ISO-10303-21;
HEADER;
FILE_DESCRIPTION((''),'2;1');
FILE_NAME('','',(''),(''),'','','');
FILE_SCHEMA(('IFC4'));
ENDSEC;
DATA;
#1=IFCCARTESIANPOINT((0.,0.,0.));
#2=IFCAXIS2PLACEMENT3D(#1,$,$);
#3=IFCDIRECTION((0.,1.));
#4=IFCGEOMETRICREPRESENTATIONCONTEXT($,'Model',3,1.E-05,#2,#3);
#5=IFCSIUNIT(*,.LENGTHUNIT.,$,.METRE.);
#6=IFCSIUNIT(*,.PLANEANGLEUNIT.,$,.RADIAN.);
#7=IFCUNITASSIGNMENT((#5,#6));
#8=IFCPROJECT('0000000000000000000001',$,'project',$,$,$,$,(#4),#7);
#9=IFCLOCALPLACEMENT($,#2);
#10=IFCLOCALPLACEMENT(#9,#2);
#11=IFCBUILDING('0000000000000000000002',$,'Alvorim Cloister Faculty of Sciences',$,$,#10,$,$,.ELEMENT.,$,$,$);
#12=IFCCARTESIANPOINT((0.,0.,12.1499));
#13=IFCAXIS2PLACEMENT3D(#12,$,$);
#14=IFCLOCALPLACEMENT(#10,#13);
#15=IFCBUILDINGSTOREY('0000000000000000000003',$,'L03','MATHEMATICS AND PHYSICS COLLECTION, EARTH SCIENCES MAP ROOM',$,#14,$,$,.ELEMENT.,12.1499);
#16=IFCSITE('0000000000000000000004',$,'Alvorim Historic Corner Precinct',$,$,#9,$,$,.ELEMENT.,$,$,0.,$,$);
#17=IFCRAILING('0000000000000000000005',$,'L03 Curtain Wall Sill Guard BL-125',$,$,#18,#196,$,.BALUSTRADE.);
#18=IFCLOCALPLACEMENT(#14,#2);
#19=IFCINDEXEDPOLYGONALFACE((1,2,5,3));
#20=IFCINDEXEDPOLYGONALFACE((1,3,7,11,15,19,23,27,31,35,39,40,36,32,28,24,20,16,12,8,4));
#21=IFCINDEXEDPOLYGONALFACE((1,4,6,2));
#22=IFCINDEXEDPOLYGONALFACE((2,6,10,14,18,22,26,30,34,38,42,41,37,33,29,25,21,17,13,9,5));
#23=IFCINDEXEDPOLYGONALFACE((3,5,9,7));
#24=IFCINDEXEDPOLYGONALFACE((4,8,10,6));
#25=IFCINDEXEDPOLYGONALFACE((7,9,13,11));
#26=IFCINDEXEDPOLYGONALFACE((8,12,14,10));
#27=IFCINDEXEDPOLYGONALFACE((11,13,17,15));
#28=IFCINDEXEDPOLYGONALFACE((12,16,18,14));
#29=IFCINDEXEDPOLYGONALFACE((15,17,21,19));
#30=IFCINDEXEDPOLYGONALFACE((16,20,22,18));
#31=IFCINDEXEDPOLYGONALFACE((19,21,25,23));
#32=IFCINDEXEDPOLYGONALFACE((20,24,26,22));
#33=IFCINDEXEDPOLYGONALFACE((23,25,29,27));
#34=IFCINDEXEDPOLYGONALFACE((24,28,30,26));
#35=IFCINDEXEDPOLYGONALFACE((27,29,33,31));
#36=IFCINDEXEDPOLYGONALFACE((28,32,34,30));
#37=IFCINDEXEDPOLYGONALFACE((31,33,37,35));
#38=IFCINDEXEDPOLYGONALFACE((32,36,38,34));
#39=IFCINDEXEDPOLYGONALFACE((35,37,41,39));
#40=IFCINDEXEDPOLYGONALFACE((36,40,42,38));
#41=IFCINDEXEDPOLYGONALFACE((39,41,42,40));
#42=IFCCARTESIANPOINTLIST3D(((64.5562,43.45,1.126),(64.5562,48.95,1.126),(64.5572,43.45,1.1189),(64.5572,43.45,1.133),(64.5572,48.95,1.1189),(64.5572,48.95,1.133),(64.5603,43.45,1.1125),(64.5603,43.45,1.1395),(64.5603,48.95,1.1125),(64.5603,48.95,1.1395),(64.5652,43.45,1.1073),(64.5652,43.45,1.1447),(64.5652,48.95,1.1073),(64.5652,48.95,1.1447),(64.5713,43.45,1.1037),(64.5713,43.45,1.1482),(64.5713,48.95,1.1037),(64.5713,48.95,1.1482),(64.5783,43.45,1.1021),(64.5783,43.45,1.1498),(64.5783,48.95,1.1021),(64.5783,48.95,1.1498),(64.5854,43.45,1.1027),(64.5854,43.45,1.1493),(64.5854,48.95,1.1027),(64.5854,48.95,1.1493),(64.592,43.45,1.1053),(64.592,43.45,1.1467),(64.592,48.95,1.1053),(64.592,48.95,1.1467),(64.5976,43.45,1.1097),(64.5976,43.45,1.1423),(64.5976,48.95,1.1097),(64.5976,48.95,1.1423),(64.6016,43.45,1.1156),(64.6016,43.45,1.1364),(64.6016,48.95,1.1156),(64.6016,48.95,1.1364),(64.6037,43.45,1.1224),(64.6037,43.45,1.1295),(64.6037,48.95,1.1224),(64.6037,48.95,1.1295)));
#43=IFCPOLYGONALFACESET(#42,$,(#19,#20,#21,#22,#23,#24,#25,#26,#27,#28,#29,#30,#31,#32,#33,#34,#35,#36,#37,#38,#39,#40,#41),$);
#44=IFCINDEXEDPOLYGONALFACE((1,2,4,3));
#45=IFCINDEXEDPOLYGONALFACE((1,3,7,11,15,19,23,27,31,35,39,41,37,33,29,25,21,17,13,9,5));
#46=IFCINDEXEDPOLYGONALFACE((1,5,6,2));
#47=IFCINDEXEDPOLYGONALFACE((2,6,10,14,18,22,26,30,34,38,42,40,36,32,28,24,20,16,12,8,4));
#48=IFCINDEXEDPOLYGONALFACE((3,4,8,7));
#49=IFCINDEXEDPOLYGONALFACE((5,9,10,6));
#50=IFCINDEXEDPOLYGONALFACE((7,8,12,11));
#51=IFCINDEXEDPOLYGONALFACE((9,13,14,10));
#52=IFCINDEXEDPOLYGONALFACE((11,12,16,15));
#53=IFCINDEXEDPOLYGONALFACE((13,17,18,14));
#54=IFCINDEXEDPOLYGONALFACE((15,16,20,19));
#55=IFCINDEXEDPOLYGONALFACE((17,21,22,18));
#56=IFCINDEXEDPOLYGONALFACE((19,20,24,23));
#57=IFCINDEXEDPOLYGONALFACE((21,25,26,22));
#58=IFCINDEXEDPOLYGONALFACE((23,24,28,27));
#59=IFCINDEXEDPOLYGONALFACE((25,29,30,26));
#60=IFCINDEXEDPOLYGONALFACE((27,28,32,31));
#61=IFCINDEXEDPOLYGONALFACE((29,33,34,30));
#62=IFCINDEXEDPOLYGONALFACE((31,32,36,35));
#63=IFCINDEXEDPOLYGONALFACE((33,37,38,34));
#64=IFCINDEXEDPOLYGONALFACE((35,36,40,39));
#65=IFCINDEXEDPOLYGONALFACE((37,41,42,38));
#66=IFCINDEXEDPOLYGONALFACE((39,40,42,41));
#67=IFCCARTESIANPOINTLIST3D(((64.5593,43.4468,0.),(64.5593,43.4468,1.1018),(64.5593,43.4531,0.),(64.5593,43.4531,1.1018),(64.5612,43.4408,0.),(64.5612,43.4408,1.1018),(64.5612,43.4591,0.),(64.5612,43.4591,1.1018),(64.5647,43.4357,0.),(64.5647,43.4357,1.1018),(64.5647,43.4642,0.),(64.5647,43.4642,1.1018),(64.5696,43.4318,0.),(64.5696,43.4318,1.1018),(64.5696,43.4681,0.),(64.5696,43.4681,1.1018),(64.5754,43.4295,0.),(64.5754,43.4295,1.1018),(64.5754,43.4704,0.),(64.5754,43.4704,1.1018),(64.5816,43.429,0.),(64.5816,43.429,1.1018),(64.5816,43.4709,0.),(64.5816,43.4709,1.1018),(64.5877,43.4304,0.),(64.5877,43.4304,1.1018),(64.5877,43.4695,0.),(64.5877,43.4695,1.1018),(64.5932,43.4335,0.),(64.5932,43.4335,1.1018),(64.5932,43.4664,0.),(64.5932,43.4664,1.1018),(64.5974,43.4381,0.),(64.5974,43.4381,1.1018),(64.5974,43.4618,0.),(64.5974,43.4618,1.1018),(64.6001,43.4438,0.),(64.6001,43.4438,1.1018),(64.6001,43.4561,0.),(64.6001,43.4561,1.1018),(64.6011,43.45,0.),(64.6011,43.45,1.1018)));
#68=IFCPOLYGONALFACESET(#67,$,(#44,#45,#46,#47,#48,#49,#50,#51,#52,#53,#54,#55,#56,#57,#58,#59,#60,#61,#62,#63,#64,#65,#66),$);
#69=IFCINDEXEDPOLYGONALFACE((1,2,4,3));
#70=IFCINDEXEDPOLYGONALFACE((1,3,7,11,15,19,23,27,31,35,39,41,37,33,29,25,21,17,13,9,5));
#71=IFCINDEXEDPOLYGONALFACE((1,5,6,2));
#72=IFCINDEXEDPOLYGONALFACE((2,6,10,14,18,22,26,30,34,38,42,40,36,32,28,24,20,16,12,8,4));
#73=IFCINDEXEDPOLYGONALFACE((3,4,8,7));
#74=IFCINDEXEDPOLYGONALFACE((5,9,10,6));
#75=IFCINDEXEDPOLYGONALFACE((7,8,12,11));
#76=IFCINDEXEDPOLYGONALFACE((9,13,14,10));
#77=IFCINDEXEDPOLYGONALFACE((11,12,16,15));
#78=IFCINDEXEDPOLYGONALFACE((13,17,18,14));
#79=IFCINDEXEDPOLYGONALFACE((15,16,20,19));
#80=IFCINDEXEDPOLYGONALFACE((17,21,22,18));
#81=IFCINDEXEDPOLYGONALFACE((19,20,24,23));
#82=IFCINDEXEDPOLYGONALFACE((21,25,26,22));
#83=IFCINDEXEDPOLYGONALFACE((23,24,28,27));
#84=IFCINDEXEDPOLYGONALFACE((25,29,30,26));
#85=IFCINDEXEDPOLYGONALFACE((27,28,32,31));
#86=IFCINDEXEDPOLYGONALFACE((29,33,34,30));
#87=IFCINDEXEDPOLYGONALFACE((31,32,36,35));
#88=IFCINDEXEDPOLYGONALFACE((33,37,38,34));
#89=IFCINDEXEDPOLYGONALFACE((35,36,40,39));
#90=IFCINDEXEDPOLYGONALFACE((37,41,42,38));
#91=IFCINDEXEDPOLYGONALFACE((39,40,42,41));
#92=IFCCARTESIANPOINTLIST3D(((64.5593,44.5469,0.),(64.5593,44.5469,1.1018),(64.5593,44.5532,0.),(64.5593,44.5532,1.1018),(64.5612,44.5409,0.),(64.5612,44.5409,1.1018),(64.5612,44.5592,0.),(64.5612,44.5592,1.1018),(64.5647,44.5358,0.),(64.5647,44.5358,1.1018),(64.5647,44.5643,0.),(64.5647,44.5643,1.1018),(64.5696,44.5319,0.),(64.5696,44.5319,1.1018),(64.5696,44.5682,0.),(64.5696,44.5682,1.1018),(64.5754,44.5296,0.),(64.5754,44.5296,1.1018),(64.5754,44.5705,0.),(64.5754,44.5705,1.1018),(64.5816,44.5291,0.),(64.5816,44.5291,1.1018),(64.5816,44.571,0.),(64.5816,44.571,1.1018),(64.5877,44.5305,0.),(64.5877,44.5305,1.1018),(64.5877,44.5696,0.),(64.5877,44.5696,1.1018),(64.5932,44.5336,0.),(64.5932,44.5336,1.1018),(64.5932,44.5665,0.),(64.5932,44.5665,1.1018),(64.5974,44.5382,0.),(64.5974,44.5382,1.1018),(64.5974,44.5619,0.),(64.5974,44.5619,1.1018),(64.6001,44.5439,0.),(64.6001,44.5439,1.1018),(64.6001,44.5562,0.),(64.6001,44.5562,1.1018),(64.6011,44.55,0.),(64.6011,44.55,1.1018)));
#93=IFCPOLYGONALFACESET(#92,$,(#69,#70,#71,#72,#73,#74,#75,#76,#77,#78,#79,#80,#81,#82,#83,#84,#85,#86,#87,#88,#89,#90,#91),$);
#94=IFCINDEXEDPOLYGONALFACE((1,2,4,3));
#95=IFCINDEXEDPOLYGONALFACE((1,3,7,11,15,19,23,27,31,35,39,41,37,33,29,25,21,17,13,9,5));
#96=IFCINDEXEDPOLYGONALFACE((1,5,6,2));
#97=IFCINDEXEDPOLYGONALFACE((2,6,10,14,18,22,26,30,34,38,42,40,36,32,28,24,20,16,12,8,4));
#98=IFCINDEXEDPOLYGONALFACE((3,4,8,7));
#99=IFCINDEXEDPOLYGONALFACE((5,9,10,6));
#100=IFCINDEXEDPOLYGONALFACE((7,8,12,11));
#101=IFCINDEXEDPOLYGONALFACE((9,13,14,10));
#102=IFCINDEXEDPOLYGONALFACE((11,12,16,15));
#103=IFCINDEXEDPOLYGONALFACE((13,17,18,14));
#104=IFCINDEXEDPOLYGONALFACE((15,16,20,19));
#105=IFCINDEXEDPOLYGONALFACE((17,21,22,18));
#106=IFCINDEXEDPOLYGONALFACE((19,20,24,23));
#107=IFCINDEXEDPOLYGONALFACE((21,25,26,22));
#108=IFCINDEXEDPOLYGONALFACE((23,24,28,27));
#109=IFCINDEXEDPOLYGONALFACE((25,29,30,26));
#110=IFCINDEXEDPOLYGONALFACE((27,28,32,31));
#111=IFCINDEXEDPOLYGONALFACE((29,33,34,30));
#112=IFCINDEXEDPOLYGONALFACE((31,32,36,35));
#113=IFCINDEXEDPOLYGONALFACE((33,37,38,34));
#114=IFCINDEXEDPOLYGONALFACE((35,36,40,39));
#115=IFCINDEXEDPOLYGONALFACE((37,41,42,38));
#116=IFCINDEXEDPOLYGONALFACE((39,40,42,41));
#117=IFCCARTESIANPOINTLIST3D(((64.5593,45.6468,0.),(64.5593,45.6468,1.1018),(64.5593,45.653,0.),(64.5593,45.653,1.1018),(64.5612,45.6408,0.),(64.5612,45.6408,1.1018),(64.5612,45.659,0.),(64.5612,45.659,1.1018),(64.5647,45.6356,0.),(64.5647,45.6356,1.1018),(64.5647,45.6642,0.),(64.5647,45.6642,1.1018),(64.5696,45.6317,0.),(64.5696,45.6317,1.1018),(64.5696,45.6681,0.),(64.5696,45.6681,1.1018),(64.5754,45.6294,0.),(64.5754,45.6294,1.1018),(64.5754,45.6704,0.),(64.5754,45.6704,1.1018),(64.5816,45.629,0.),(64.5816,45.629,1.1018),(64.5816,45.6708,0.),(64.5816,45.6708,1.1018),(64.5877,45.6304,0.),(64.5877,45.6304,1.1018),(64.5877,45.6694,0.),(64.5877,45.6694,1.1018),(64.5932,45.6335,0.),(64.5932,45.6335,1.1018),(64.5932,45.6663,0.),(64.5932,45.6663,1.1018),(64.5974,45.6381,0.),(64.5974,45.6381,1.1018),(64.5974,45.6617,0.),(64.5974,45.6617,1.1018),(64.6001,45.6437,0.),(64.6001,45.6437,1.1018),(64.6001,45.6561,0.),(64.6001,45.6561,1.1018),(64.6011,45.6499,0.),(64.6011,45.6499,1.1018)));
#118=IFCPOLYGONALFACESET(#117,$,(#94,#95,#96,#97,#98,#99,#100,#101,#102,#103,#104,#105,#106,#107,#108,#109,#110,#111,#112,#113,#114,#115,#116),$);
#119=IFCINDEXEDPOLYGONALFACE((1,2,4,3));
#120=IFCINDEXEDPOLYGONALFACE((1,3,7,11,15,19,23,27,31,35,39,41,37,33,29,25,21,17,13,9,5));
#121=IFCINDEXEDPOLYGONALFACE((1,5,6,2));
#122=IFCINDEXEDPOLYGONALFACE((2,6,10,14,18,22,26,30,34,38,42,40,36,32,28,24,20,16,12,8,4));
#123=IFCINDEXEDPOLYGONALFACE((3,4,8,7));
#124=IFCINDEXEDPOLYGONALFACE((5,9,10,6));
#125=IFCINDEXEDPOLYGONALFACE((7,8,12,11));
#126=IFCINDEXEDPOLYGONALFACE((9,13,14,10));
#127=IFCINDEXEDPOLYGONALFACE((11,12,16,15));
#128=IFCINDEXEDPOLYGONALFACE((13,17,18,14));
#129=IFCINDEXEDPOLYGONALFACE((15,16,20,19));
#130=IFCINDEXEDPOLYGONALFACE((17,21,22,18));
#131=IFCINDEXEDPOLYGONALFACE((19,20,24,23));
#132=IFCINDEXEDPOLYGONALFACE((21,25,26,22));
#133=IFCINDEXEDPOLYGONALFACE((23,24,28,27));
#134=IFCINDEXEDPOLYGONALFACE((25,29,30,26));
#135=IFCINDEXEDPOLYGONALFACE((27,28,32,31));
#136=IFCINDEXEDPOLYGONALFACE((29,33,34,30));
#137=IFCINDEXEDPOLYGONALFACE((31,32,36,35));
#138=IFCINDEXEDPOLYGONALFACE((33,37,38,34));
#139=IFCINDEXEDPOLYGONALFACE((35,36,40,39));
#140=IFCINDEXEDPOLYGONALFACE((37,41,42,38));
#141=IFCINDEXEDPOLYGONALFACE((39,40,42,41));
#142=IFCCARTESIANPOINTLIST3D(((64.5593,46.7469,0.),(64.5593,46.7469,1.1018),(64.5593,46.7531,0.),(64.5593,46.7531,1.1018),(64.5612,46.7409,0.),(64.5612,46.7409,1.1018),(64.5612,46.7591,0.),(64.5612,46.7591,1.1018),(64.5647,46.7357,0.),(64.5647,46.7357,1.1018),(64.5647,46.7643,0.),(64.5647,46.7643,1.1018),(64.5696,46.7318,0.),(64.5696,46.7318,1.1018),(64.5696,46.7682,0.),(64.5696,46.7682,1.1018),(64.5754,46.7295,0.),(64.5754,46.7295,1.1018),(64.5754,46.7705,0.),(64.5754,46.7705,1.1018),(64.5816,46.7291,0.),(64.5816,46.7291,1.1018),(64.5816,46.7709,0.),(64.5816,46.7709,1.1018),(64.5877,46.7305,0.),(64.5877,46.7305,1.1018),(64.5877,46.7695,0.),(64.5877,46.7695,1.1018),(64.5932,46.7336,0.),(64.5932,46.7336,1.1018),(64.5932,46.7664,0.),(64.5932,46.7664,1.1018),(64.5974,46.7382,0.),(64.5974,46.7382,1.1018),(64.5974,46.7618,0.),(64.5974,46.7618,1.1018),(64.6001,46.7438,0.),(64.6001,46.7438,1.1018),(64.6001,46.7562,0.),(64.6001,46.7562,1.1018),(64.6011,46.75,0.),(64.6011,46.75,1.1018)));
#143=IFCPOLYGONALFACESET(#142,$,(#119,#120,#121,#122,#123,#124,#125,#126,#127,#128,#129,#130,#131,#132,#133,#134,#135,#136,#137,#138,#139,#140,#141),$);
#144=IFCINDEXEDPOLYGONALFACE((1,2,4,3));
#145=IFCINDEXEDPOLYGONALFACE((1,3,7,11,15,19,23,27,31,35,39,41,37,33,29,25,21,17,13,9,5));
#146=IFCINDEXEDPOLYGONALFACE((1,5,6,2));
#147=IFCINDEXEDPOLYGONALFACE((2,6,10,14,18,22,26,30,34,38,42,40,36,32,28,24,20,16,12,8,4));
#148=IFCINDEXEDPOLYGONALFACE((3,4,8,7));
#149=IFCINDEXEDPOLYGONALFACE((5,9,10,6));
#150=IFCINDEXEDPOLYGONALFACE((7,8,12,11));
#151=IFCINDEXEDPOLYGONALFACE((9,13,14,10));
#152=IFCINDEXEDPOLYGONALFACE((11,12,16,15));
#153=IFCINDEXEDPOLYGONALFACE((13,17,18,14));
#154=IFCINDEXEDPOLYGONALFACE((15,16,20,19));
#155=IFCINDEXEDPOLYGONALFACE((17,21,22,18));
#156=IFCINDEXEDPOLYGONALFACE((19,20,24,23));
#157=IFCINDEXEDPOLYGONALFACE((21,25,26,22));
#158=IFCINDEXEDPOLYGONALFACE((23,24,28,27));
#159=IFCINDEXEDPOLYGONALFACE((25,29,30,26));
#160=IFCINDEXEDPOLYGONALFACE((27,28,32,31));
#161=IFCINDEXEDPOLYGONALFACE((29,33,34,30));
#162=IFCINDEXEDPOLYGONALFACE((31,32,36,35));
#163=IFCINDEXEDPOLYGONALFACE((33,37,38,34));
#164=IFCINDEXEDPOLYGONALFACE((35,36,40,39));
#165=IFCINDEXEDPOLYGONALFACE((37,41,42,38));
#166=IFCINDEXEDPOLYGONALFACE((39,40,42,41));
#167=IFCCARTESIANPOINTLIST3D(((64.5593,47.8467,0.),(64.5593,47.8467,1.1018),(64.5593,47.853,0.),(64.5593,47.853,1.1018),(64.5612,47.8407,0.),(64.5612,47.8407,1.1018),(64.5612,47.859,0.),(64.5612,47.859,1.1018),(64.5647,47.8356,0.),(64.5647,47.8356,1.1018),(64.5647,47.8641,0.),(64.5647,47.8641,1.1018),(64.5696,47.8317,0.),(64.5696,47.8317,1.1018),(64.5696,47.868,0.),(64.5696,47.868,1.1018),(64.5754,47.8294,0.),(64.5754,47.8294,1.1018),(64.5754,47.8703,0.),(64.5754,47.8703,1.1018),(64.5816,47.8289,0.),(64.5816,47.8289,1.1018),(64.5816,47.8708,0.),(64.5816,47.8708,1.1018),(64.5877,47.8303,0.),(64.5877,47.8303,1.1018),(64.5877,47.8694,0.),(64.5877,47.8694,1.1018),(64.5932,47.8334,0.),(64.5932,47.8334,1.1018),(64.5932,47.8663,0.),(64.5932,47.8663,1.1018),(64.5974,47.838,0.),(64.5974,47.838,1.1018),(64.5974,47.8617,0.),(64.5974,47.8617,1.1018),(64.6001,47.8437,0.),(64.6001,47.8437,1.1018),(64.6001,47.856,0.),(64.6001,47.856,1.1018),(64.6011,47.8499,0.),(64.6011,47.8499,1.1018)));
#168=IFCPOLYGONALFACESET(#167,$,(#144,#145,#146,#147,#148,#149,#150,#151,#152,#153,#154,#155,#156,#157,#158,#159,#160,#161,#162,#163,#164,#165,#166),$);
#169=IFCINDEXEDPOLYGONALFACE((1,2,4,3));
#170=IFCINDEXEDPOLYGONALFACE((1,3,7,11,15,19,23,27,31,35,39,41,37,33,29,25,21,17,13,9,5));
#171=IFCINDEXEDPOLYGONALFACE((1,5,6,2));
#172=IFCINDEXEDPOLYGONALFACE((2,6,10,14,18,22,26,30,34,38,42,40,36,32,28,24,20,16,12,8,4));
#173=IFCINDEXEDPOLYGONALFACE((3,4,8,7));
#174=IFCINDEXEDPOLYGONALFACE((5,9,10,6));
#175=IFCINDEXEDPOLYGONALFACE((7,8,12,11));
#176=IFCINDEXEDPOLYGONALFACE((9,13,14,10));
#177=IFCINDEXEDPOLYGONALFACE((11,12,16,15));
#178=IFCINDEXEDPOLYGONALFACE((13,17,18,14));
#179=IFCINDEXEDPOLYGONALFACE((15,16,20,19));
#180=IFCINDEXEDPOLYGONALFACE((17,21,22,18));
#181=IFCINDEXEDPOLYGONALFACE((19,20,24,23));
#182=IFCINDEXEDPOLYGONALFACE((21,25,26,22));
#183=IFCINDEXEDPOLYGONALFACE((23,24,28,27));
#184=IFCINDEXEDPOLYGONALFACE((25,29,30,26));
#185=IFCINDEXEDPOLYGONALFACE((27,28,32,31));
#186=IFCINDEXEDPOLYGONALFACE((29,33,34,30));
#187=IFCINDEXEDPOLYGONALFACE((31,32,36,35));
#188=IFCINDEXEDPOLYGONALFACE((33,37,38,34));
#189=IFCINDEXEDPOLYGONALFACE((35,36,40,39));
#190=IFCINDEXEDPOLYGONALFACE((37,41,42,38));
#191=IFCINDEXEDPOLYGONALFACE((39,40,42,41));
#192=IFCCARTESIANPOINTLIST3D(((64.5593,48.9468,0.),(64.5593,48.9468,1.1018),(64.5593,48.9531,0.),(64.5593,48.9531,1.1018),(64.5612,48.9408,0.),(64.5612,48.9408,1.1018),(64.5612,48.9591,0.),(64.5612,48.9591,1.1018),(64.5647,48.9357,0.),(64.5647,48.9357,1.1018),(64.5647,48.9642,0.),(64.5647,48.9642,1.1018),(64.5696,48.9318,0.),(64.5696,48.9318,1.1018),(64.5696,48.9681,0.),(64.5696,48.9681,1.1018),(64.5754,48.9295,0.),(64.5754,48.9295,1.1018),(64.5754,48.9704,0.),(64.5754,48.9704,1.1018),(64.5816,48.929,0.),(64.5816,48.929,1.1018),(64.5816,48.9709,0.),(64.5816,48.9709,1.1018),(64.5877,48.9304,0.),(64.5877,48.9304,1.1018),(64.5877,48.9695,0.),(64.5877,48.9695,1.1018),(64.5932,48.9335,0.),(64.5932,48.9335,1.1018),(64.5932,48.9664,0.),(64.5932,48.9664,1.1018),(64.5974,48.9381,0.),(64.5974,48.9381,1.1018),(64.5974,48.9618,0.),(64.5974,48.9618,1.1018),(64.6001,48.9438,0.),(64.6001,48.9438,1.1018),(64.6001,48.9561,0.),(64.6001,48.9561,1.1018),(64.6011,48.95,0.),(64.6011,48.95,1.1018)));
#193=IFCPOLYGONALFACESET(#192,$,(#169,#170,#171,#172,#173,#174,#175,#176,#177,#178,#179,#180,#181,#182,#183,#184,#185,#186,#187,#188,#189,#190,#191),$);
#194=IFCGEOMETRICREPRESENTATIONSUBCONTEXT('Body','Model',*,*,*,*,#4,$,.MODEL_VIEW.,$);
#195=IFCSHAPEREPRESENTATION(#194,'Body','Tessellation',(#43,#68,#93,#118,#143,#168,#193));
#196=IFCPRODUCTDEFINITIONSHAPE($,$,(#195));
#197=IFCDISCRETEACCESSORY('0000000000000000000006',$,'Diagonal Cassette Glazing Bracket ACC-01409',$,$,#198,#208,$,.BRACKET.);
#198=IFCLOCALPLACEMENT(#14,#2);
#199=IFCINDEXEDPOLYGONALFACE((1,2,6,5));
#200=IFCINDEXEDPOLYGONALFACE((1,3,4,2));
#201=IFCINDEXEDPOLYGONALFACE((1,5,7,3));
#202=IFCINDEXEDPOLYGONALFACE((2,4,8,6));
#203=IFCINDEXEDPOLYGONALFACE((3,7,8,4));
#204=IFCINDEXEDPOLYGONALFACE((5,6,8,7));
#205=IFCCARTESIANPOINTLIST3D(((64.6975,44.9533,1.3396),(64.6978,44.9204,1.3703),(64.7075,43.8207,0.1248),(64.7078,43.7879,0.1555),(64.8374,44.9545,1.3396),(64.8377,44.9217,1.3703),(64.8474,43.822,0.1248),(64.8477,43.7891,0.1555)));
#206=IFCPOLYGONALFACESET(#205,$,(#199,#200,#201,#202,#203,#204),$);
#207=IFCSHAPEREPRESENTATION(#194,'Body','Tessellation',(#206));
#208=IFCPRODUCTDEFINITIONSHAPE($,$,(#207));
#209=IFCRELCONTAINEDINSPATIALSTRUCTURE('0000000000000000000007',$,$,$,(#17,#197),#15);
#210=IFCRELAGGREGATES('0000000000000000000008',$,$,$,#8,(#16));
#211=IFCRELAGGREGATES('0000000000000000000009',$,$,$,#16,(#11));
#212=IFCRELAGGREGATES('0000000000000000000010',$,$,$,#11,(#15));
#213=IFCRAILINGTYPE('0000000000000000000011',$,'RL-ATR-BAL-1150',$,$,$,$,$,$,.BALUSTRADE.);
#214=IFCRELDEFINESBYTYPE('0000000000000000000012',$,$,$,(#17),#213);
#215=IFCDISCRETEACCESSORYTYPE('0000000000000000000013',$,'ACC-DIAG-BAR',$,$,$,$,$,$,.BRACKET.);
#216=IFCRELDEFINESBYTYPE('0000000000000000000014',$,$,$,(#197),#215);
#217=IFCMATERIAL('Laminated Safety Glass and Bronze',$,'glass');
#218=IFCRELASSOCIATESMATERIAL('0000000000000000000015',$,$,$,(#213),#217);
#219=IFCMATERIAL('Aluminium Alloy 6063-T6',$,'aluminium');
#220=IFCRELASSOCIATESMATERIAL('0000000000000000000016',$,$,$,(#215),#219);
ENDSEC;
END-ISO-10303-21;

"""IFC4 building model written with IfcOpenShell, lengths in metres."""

from ifc_helpers import new_model, si_unit, direction, frame, origin, origin_2d, place, context, subcontext, project, spatial, rectangle, circle, extrude, material, type_object, element, save


model = new_model("IFC4")

# Units and contexts
model_context = context("Model", 3, precision=1e-05, world=origin(), true_north=direction((0.0, 1.0)))
body_context = subcontext(model_context, "Body", "Model", "MODEL_VIEW")
ifc_project = project(units=[si_unit("LENGTHUNIT", "METRE"), si_unit("PLANEANGLEUNIT", "RADIAN")], contexts=[model_context])

# Site, building, storey
site_placement = place(None, origin())
site = spatial("IfcSite", under=ifc_project, at=site_placement, Name="Alvorim Historic Corner Precinct", CompositionType="ELEMENT", RefElevation=0.0)
building_placement = place(site_placement, origin())
building = spatial("IfcBuilding", under=site, at=building_placement, Name="Alvorim Cloister Faculty of Sciences", CompositionType="ELEMENT")
storey_placement = place(building_placement, frame((0.0, 0.0, 12.1499)))
storey = spatial("IfcBuildingStorey", under=building, at=storey_placement, Name="L03", Description="MATHEMATICS AND PHYSICS COLLECTION, EARTH SCIENCES MAP ROOM", CompositionType="ELEMENT", Elevation=12.1499)

# Shared definitions
ifc_material_1 = material(Name="Aluminium Alloy 6063-T6", Category="aluminium")

# Railing
ifc_material_2 = material(Name="Laminated Safety Glass and Bronze", Category="glass")
railing_type = type_object("IfcRailingType", Name="RL-ATR-BAL-1150", PredefinedType="BALUSTRADE", material=ifc_material_2)
railing_placement = place(storey_placement, frame((64.5801, 43.45, 0.0)))
element("IfcRailing", 1, at=railing_placement, inside=storey, type_object=railing_type, Name="L03 Curtain Wall Sill Guard BL-125", PredefinedType="BALUSTRADE", context=body_context, shape_type="SweptSolid", body=[
    extrude(circle(Radius=0.0239, at=origin_2d()), frame((0.0, 0.0, 1.126), z_axis=(0.0, 1.0, 0.0), x_axis=(-1.0, 0.0, 0.0)), (0.0, 0.0, 1.0), 5.5),
    extrude(circle(Radius=0.021, at=origin_2d()), origin(), (0.0, 0.0, 1.0), 1.1018),
    extrude(circle(Radius=0.021, at=origin_2d()), frame((0.0, 1.1001, 0.0)), (0.0, 0.0, 1.0), 1.1018),
    extrude(circle(Radius=0.021, at=origin_2d()), frame((0.0, 2.2, 0.0)), (0.0, 0.0, 1.0), 1.1018),
    extrude(circle(Radius=0.021, at=origin_2d()), frame((0.0, 3.3, 0.0)), (0.0, 0.0, 1.0), 1.1018),
    extrude(circle(Radius=0.021, at=origin_2d()), frame((0.0, 4.3999, 0.0)), (0.0, 0.0, 1.0), 1.1018),
    extrude(circle(Radius=0.021, at=origin_2d()), frame((0.0, 5.5, 0.0)), (0.0, 0.0, 1.0), 1.1018),
])

# Discrete accessory
discrete_accessory_type = type_object("IfcDiscreteAccessoryType", Name="ACC-DIAG-BAR", PredefinedType="BRACKET", material=ifc_material_1)
discrete_accessory_1_placement = place(storey_placement, frame((64.7776, 43.8049, 0.1401), z_axis=(-0.006027, 0.681892, 0.731428), x_axis=(-0.999961, -0.008838, 0.0)))
element("IfcDiscreteAccessory", 2, at=discrete_accessory_1_placement, inside=storey, type_object=discrete_accessory_type, Name="Diagonal Cassette Glazing Bracket ACC-01409", PredefinedType="BRACKET", context=body_context, shape_type="SweptSolid", body=[
    extrude(rectangle(XDim=0.1399, YDim=0.0449, at=origin_2d()), origin(), (0.0, 0.0, 1.0), 1.6609),
])

save(model, "model.ifc")
